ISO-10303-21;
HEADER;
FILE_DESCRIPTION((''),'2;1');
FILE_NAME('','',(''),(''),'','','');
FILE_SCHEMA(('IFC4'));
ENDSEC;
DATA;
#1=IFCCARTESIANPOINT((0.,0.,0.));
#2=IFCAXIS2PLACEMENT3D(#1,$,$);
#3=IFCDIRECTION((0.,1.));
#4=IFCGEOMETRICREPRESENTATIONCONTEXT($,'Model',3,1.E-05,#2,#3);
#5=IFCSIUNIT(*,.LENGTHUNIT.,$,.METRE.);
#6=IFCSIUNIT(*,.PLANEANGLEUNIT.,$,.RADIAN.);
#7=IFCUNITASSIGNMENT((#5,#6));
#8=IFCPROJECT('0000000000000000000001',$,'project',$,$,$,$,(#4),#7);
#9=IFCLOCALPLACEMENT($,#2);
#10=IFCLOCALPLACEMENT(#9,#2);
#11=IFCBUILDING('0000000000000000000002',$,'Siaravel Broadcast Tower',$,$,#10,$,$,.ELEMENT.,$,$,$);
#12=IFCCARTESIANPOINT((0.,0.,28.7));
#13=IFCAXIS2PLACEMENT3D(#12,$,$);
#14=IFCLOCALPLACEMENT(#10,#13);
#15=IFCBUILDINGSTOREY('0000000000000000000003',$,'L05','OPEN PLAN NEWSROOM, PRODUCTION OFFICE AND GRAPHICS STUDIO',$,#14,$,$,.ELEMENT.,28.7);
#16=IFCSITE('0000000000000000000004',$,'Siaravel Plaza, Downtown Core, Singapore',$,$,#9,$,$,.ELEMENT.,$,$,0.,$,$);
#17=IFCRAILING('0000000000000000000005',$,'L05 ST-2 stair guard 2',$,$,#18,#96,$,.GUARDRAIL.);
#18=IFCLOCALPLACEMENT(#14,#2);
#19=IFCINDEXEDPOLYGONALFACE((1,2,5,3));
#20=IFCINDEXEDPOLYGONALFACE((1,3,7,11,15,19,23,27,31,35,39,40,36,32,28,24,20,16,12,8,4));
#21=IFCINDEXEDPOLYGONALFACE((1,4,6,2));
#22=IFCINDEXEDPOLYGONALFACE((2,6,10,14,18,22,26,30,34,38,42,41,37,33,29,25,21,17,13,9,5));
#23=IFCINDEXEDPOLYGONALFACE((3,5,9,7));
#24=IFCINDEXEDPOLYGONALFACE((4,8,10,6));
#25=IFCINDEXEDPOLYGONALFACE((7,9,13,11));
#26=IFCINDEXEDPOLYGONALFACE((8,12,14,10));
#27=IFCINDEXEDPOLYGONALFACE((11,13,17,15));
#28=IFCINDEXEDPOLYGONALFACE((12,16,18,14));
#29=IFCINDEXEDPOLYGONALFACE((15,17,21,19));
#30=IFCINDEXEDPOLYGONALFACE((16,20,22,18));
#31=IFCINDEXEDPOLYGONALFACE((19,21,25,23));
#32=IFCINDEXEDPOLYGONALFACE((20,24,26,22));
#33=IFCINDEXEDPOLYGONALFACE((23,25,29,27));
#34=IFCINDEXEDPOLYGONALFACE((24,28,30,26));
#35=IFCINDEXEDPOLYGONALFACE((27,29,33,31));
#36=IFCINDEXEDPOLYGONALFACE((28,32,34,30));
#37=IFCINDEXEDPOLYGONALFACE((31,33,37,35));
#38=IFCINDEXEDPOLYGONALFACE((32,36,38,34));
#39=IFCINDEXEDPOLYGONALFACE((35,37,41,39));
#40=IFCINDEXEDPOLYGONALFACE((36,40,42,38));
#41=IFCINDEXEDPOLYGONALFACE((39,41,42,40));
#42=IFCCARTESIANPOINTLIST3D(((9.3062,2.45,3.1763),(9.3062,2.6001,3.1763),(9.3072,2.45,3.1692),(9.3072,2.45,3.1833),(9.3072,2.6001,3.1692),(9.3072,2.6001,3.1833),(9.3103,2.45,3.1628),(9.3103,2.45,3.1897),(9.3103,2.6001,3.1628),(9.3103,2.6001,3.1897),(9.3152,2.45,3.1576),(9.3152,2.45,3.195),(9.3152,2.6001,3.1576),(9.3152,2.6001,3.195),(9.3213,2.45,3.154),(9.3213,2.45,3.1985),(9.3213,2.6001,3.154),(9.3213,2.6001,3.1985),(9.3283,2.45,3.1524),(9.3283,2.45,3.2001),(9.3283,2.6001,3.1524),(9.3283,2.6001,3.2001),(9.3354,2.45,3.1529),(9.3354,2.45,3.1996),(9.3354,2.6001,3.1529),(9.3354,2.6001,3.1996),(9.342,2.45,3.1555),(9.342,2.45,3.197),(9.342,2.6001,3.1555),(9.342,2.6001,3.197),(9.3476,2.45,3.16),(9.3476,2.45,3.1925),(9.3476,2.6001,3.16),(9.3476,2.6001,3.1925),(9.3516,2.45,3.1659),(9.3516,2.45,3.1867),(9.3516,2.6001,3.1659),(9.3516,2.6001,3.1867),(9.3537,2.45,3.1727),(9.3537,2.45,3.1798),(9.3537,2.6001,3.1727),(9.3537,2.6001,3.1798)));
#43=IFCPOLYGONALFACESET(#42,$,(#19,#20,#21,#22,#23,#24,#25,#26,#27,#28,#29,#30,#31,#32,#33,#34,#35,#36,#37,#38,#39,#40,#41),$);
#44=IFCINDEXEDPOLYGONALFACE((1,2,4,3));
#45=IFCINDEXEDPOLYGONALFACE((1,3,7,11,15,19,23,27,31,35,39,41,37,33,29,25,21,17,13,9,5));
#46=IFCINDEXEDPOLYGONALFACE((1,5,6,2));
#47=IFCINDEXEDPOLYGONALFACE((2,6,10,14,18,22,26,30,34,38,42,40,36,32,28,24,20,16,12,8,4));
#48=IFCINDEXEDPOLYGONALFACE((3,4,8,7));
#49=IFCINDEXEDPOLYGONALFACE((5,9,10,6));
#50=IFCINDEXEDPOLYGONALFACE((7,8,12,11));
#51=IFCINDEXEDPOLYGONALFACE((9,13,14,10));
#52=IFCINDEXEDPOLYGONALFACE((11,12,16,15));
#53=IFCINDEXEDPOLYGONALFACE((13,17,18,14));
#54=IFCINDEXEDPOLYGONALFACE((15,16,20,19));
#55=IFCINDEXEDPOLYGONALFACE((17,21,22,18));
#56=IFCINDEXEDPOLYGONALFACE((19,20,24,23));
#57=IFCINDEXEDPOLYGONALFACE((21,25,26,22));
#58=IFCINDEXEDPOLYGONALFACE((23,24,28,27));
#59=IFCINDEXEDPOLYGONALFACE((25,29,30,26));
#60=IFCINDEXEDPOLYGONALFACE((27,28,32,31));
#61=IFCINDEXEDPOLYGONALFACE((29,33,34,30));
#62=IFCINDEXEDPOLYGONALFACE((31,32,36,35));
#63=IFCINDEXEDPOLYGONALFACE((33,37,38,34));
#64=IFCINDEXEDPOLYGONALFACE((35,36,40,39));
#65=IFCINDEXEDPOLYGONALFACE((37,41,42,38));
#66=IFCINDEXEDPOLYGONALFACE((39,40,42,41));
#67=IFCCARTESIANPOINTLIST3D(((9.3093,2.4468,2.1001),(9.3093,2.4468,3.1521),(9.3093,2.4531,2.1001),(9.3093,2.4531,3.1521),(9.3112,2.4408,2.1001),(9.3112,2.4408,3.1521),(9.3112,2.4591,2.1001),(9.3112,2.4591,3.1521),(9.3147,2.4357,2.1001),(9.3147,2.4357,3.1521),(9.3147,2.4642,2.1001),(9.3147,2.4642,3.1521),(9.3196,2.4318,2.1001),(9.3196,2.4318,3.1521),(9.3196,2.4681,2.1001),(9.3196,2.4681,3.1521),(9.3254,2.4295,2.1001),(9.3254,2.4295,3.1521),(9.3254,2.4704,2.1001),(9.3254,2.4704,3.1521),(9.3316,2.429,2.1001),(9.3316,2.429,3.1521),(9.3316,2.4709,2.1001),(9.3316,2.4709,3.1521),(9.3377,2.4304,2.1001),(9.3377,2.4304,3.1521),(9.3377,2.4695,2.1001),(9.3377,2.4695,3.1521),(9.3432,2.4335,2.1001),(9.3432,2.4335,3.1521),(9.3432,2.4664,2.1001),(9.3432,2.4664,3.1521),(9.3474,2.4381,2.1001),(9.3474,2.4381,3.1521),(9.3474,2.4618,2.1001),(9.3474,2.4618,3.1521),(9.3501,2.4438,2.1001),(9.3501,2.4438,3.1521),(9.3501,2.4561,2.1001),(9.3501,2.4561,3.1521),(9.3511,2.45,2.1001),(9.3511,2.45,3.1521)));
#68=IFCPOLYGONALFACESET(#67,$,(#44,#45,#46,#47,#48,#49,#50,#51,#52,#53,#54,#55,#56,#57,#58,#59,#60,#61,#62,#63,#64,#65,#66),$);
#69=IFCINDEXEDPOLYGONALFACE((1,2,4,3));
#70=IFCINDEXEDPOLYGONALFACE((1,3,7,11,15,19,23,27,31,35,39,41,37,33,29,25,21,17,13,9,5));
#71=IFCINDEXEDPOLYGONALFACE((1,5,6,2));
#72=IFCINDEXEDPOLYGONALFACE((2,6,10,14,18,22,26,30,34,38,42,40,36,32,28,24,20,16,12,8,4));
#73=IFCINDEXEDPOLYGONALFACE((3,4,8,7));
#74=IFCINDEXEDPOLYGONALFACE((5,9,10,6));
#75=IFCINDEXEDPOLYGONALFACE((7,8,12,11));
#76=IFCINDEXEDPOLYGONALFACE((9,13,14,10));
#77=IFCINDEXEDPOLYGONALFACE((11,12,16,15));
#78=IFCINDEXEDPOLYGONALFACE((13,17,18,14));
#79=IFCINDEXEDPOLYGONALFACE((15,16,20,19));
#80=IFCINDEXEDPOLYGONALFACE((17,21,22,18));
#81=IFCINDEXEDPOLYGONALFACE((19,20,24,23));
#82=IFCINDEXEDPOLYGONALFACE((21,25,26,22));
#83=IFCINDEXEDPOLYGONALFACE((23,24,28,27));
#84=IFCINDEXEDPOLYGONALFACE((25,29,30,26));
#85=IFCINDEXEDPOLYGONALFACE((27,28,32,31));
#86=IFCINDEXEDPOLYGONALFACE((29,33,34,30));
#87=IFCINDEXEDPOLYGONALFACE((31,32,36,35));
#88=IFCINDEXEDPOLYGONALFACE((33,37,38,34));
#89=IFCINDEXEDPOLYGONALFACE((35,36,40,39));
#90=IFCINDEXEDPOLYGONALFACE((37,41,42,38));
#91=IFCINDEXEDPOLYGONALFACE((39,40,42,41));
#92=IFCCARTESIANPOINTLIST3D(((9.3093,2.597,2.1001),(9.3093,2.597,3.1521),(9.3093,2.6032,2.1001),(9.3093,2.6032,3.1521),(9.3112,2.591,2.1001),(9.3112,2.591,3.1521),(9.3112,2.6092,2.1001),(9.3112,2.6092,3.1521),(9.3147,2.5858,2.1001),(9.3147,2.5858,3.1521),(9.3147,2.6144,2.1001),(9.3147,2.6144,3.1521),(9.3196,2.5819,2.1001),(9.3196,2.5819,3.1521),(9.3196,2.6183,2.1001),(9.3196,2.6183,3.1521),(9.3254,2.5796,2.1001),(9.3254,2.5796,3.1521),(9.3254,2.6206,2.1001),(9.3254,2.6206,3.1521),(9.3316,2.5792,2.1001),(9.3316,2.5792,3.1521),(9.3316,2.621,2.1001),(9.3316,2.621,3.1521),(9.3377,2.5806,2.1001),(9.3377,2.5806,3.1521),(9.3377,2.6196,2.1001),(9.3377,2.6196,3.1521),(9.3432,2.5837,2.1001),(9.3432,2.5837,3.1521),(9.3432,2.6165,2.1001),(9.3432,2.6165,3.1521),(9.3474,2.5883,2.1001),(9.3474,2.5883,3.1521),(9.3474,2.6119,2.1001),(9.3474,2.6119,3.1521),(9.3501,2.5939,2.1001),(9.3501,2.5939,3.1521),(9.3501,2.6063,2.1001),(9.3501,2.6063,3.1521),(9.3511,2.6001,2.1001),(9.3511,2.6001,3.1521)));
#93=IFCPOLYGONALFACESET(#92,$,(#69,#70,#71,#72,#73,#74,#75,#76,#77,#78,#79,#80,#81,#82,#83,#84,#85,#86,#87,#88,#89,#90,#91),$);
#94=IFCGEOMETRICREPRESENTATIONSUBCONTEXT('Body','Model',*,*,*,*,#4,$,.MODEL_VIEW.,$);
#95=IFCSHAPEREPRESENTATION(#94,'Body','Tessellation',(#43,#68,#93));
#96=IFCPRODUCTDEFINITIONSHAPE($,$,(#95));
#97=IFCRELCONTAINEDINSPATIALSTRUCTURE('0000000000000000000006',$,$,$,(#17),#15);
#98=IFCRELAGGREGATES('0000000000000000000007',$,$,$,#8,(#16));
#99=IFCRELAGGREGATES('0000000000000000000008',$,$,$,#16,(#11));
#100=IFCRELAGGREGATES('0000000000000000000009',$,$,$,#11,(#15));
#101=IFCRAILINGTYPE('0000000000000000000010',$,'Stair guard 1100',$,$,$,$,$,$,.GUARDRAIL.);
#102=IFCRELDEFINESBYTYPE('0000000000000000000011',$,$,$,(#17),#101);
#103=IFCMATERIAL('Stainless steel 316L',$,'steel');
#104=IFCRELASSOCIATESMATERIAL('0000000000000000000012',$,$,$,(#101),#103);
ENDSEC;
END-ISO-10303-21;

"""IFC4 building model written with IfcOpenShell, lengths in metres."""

from ifc_helpers import new_model, si_unit, direction, frame, origin, origin_2d, place, context, subcontext, project, spatial, circle, extrude, material, type_object, element, save


model = new_model("IFC4")

# Units and contexts
model_context = context("Model", 3, precision=1e-05, world=origin(), true_north=direction((0.0, 1.0)))
body_context = subcontext(model_context, "Body", "Model", "MODEL_VIEW")
ifc_project = project(units=[si_unit("LENGTHUNIT", "METRE"), si_unit("PLANEANGLEUNIT", "RADIAN")], contexts=[model_context])

# Site, building, storey
site_placement = place(None, origin())
site = spatial("IfcSite", under=ifc_project, at=site_placement, Name="Siaravel Plaza, Downtown Core, Singapore", CompositionType="ELEMENT", RefElevation=0.0)
building_placement = place(site_placement, origin())
building = spatial("IfcBuilding", under=site, at=building_placement, Name="Siaravel Broadcast Tower", CompositionType="ELEMENT")
storey_placement = place(building_placement, frame((0.0, 0.0, 28.7)))
storey = spatial("IfcBuildingStorey", under=building, at=storey_placement, Name="L05", Description="OPEN PLAN NEWSROOM, PRODUCTION OFFICE AND GRAPHICS STUDIO", CompositionType="ELEMENT", Elevation=28.7)

# Railing
ifc_material_1 = material(Name="Stainless steel 316L", Category="steel")
railing_type_1 = type_object("IfcRailingType", Name="Stair guard 1100", PredefinedType="GUARDRAIL", material=ifc_material_1)
railing_1_placement = place(storey_placement, frame((9.3301, 2.45, 2.1001)))
element("IfcRailing", 1, at=railing_1_placement, inside=storey, type_object=railing_type_1, Name="L05 ST-2 stair guard 2", PredefinedType="GUARDRAIL", context=body_context, shape_type="SweptSolid", body=[
    extrude(circle(Radius=0.0239, at=origin_2d()), frame((0.0, 0.0, 1.0762), z_axis=(0.0, 1.0, 0.0), x_axis=(-1.0, 0.0, 0.0)), (0.0, 0.0, 1.0), 0.1501),
    extrude(circle(Radius=0.021, at=origin_2d()), origin(), (0.0, 0.0, 1.0), 1.052),
    extrude(circle(Radius=0.021, at=origin_2d()), frame((0.0, 0.1501, 0.0)), (0.0, 0.0, 1.0), 1.052),
])

save(model, "model.ifc")
